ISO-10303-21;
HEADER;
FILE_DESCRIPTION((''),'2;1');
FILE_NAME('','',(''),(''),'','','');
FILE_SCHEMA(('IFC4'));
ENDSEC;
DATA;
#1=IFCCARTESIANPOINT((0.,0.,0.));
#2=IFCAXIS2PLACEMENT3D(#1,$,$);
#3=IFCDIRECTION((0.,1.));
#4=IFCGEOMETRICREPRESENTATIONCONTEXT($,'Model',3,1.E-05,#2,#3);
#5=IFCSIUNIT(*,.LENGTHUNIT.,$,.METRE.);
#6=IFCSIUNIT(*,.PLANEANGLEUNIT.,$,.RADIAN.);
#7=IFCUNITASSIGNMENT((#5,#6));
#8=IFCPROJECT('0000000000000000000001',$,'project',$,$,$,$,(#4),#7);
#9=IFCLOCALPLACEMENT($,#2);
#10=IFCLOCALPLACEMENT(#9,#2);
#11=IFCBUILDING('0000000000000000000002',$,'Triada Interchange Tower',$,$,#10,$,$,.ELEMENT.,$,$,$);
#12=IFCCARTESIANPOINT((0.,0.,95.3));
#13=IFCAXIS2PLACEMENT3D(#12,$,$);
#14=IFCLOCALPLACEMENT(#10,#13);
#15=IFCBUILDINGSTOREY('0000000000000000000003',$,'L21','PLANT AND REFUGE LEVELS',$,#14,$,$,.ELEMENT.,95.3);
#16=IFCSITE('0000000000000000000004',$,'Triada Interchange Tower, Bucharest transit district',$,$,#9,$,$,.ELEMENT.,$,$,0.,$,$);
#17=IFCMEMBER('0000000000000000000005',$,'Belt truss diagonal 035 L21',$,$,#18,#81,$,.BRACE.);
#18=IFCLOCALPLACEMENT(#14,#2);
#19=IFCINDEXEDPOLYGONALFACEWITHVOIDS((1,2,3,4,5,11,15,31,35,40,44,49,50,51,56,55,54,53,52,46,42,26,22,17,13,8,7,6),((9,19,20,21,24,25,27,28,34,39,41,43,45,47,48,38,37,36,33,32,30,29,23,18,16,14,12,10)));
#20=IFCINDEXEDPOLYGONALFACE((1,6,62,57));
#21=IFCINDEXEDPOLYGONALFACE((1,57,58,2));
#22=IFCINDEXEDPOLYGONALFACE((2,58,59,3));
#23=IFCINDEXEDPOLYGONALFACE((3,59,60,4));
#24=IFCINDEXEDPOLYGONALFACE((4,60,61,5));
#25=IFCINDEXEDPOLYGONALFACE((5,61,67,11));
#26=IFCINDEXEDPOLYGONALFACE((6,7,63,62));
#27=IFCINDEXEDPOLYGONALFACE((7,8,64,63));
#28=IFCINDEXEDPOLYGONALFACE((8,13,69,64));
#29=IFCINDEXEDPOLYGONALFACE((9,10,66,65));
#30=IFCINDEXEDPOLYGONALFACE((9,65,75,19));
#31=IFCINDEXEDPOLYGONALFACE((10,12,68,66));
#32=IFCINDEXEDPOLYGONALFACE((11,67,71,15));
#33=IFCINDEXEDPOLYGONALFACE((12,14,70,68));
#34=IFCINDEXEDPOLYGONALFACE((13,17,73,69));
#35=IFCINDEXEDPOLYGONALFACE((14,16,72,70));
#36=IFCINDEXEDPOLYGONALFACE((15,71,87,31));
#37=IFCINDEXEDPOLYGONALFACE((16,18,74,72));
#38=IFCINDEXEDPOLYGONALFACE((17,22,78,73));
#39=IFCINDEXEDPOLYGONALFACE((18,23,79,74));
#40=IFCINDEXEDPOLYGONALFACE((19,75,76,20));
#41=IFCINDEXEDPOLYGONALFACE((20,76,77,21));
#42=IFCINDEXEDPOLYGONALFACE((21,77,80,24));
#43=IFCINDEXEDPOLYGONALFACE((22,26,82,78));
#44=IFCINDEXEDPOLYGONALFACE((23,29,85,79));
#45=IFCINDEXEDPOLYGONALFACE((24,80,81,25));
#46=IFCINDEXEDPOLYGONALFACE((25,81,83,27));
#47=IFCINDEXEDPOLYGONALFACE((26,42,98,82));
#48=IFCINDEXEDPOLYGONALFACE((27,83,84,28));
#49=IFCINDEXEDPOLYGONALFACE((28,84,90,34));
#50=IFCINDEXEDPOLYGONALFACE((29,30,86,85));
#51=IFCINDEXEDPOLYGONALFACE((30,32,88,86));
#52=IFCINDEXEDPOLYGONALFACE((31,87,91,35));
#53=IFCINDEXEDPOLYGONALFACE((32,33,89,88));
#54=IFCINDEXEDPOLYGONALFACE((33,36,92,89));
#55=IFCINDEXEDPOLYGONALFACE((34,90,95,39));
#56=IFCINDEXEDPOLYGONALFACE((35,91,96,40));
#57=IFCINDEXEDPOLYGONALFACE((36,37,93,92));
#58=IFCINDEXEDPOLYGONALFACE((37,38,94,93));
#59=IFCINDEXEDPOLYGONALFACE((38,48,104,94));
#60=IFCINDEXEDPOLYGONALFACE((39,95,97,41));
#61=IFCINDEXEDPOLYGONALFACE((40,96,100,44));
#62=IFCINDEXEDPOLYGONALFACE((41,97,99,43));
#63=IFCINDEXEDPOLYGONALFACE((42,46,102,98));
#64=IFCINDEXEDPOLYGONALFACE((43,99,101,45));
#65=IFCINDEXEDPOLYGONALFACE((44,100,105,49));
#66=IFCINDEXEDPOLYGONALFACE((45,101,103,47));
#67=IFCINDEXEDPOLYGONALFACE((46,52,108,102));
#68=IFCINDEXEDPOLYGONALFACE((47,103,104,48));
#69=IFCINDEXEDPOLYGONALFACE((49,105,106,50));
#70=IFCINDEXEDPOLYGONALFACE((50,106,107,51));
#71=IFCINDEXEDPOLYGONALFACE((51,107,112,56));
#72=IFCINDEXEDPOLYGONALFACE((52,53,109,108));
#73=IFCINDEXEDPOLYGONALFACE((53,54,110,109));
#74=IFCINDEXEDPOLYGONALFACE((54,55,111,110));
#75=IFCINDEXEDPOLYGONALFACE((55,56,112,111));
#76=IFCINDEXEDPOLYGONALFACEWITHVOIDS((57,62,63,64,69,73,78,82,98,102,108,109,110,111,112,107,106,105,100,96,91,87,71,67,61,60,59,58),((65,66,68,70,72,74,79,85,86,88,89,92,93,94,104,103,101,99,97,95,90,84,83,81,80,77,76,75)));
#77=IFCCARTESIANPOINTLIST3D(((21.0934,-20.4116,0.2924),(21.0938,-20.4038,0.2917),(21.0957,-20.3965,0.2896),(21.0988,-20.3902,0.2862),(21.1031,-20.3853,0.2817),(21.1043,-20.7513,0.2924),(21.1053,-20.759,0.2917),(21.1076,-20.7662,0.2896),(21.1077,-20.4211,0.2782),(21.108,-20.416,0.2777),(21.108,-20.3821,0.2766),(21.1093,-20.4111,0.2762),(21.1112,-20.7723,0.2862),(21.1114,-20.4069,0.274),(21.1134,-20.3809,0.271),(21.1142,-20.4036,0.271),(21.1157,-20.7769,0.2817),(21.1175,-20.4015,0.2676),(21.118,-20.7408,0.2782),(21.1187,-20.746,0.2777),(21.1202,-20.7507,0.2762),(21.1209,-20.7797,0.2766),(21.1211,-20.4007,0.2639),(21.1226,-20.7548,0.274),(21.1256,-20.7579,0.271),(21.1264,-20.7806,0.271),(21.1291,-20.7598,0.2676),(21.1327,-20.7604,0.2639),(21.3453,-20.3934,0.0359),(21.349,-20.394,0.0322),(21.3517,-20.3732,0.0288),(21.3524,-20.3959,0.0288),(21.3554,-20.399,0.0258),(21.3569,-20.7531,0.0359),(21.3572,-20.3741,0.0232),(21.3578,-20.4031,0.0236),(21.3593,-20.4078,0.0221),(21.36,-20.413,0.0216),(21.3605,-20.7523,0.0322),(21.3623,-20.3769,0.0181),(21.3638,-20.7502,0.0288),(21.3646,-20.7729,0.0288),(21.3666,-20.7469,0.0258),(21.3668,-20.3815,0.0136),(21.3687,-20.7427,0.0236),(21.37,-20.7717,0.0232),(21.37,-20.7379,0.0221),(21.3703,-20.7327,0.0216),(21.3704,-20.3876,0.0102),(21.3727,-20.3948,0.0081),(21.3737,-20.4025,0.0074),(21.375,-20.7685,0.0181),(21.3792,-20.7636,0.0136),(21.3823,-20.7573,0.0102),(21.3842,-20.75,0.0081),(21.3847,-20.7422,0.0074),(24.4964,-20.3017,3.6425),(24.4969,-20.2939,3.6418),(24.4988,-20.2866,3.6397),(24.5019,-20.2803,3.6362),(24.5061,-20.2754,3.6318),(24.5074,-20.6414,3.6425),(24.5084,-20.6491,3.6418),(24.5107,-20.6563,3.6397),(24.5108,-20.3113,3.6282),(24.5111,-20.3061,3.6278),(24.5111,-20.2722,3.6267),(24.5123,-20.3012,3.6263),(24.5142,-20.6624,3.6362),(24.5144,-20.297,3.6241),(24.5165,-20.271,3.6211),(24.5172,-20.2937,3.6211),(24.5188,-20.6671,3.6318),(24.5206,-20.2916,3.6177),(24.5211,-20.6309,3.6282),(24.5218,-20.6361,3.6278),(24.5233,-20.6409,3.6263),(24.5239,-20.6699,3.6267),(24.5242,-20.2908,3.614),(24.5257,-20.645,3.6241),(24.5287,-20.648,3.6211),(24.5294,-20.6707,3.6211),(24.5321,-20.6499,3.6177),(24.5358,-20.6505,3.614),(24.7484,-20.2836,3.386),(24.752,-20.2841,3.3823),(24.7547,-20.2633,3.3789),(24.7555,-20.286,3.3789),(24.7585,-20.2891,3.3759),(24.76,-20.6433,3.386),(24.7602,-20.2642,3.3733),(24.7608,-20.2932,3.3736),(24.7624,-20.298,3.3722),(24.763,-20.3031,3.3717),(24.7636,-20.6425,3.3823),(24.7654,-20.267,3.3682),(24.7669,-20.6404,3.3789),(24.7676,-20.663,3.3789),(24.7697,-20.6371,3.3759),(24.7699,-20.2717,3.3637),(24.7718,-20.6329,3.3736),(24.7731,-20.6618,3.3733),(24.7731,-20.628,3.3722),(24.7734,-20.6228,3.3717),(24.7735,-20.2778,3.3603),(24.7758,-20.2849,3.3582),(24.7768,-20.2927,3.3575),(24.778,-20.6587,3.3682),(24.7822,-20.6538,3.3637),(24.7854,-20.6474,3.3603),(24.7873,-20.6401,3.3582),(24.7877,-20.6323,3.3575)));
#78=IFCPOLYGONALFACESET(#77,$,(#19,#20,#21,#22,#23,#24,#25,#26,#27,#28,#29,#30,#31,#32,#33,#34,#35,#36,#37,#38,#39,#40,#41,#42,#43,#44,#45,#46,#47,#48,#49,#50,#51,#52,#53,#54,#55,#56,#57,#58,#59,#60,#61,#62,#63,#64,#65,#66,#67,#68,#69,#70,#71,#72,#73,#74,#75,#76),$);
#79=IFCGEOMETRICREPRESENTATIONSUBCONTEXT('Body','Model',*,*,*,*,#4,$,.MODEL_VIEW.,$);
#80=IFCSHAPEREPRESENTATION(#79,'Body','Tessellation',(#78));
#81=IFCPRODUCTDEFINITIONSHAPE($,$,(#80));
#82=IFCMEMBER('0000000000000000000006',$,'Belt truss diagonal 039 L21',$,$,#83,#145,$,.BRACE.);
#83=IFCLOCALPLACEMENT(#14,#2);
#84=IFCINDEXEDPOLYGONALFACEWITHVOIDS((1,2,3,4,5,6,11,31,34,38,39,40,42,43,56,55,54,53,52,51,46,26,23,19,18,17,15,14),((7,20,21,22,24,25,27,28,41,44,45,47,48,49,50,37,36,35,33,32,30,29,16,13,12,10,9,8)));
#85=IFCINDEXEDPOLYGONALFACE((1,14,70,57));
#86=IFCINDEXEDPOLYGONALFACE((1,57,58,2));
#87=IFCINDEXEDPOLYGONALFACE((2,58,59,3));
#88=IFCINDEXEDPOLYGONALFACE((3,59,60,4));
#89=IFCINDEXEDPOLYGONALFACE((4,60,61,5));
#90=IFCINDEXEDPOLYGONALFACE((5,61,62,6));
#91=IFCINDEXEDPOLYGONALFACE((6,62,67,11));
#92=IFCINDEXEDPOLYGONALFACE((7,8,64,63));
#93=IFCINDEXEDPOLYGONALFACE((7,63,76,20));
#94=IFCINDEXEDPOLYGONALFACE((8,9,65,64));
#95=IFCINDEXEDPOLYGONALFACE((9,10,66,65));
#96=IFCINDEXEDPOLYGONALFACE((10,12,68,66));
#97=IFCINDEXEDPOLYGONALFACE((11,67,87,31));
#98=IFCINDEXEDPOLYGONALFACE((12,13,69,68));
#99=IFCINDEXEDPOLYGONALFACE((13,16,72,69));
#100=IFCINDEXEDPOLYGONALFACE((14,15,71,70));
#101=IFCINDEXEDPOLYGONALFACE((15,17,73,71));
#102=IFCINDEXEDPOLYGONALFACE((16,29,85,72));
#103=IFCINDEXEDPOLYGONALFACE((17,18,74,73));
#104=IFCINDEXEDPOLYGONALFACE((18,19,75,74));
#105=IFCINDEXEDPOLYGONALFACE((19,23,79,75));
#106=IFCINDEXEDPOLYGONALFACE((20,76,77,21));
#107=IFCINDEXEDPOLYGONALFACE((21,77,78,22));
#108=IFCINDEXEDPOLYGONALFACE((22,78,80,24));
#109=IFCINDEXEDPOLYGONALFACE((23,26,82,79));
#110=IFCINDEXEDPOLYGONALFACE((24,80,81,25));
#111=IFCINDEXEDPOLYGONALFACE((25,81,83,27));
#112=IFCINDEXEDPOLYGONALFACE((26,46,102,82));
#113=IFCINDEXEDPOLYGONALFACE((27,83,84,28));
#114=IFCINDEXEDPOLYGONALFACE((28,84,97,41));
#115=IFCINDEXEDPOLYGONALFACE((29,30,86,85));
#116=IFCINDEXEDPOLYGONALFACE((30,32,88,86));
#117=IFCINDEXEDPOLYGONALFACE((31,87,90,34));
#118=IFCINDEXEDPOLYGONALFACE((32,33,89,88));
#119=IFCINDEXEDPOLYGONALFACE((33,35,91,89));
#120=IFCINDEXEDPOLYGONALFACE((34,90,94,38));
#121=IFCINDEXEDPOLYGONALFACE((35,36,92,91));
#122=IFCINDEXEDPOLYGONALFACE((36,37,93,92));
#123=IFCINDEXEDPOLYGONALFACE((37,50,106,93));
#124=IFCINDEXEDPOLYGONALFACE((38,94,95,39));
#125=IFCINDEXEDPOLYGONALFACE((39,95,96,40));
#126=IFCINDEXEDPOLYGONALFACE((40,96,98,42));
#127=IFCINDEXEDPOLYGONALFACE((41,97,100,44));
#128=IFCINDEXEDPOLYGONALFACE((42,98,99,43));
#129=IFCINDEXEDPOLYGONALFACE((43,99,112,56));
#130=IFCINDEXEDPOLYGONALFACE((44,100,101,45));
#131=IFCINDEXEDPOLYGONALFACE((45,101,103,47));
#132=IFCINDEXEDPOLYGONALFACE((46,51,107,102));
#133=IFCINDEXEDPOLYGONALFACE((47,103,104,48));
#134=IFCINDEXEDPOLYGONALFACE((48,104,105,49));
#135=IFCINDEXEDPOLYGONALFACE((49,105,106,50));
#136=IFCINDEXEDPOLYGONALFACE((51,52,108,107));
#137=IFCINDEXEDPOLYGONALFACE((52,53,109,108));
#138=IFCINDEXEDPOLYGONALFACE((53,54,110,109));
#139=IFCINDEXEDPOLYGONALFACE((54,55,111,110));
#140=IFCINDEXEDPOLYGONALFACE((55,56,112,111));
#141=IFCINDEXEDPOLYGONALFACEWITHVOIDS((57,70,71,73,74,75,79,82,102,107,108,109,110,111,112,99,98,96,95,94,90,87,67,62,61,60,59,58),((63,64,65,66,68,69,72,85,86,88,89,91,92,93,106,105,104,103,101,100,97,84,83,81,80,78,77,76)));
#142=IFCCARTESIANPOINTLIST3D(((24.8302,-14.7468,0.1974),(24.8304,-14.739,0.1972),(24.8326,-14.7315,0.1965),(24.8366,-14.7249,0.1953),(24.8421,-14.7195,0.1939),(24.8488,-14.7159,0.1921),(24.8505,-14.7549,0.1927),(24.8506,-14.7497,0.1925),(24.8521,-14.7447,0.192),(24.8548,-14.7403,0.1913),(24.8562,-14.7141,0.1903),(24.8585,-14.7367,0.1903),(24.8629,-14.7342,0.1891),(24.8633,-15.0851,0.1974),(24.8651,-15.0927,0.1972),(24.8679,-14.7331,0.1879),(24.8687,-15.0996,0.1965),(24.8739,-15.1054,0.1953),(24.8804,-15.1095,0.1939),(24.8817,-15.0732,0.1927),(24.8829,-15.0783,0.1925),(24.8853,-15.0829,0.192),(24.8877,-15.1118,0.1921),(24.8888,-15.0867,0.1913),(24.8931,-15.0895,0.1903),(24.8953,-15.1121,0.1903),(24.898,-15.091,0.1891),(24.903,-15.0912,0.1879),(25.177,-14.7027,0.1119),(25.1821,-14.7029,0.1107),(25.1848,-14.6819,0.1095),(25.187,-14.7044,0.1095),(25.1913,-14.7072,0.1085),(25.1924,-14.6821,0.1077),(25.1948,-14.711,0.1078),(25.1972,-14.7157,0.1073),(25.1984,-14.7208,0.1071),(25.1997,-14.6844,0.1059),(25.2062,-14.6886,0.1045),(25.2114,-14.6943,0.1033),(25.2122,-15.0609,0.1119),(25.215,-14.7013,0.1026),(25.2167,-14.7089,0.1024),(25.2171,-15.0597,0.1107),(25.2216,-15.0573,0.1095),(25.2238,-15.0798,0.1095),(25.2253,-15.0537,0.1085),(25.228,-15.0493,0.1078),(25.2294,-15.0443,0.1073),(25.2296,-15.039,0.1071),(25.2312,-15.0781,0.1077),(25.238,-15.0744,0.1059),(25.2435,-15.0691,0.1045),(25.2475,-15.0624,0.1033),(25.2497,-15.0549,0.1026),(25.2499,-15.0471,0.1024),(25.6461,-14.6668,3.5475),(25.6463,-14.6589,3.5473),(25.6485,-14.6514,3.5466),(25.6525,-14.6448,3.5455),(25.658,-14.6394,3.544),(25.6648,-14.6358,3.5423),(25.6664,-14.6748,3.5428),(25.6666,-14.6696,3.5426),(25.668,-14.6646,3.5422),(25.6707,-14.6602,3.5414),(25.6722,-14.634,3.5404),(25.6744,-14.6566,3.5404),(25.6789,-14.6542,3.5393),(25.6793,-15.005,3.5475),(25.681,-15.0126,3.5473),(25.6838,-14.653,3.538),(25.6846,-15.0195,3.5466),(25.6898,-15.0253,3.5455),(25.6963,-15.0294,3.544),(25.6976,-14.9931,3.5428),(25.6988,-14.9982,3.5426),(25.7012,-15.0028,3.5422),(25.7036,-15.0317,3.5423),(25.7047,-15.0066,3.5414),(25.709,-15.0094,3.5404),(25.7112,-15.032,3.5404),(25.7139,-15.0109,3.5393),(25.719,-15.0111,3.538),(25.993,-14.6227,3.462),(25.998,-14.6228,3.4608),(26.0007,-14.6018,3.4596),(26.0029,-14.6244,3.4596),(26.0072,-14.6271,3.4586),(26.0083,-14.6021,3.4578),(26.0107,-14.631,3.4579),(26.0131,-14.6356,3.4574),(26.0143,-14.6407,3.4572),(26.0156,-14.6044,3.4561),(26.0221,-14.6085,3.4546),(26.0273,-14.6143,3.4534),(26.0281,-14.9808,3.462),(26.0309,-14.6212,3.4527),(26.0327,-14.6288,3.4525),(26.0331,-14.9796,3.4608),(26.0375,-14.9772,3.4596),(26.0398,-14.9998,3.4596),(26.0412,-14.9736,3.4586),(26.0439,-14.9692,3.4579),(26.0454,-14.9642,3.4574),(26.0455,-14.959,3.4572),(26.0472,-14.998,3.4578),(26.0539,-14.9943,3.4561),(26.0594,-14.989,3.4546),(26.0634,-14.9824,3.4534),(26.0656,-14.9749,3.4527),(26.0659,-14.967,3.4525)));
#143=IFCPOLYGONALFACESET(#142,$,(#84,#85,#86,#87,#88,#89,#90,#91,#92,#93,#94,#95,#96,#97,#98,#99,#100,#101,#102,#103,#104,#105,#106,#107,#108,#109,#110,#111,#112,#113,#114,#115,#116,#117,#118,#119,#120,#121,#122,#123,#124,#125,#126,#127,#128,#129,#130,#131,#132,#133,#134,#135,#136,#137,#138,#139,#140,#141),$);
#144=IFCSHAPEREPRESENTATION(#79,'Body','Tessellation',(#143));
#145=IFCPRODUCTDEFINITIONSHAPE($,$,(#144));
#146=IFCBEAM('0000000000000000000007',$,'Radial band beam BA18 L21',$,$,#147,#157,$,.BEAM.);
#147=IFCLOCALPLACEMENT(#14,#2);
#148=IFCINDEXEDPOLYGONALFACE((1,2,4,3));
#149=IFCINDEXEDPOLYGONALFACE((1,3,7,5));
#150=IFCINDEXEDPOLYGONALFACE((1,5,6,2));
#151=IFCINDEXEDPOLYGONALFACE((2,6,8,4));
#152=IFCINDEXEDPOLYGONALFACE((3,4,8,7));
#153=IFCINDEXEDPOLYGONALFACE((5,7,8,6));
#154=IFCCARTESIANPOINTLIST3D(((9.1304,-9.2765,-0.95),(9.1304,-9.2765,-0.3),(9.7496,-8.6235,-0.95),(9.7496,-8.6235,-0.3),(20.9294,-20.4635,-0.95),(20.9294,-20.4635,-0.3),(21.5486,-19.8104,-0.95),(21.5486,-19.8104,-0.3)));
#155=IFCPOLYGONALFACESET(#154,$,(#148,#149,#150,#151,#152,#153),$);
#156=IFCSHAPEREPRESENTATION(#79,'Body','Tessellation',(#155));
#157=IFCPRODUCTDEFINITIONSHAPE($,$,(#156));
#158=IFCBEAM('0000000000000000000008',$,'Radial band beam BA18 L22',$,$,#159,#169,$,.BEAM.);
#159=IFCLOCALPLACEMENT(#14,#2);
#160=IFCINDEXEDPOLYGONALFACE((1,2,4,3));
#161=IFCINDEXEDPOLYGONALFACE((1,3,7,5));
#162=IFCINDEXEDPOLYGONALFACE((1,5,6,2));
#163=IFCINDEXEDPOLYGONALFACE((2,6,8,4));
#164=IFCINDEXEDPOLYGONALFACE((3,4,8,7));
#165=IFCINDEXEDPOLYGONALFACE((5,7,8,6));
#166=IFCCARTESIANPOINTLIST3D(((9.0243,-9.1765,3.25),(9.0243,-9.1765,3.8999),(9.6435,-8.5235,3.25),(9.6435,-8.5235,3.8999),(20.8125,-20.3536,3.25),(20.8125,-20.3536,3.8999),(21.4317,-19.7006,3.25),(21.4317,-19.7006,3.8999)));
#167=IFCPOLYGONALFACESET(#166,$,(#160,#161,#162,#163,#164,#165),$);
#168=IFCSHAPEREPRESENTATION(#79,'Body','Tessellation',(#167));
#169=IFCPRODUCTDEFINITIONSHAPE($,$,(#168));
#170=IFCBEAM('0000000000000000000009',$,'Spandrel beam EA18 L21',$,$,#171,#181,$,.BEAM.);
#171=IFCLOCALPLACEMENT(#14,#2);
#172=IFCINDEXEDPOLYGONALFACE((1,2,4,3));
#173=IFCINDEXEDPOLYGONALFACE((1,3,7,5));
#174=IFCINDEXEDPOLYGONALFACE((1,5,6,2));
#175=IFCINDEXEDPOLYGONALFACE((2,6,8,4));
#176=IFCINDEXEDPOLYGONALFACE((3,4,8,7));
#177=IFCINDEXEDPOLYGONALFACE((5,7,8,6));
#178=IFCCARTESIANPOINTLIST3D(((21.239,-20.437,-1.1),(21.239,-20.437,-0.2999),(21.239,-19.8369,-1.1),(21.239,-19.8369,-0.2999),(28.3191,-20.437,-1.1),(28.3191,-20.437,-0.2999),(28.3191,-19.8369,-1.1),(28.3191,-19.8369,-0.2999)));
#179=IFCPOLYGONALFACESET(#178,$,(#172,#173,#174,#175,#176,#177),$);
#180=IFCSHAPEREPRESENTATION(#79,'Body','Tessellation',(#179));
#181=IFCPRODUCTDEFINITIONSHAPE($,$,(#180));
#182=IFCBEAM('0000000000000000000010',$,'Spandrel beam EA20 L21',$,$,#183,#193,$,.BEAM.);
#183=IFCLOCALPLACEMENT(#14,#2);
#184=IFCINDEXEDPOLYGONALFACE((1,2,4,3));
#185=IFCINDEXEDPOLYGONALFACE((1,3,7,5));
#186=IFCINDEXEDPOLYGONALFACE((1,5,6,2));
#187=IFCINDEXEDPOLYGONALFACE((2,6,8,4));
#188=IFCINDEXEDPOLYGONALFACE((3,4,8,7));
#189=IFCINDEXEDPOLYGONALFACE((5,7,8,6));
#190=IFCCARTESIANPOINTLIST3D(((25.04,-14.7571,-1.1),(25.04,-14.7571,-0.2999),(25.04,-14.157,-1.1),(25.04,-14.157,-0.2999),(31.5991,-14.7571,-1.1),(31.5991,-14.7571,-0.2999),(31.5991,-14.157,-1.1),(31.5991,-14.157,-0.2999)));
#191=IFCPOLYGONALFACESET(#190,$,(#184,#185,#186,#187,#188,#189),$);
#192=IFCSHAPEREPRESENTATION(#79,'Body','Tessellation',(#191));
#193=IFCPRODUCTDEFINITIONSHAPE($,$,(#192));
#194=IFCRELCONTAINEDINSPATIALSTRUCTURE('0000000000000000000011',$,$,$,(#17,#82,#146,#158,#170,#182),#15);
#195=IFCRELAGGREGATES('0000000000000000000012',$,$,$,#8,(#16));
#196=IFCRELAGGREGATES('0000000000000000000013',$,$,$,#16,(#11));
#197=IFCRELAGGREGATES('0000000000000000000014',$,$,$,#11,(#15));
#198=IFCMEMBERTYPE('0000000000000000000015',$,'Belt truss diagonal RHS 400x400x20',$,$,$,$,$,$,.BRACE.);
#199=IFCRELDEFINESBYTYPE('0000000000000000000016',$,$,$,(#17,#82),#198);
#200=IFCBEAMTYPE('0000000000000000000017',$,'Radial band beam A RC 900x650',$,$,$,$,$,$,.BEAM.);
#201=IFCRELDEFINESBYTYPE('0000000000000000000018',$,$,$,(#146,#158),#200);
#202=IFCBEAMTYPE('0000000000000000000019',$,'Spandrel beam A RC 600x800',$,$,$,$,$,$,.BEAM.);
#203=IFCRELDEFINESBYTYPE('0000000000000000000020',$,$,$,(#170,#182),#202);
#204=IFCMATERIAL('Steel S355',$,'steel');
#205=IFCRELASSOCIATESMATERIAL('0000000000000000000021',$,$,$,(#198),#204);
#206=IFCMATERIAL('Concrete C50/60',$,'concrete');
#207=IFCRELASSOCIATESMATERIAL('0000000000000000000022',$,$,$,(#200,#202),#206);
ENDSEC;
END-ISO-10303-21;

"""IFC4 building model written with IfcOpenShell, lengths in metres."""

from ifc_helpers import new_model, si_unit, direction, frame, origin, origin_2d, place, context, subcontext, project, spatial, rectangle, hollow_rectangle, extrude, material, material_profile, profile_set, type_object, element, save


model = new_model("IFC4")

# Units and contexts
model_context = context("Model", 3, precision=1e-05, world=origin(), true_north=direction((0.0, 1.0)))
body_context = subcontext(model_context, "Body", "Model", "MODEL_VIEW")
ifc_project = project(units=[si_unit("LENGTHUNIT", "METRE"), si_unit("PLANEANGLEUNIT", "RADIAN")], contexts=[model_context])

# Site, building, storey
site_placement = place(None, origin())
site = spatial("IfcSite", under=ifc_project, at=site_placement, Name="Triada Interchange Tower, Bucharest transit district", CompositionType="ELEMENT", RefElevation=0.0)
building_placement = place(site_placement, origin())
building = spatial("IfcBuilding", under=site, at=building_placement, Name="Triada Interchange Tower", CompositionType="ELEMENT")
storey_placement = place(building_placement, frame((0.0, 0.0, 95.3)))
storey = spatial("IfcBuildingStorey", under=building, at=storey_placement, Name="L21", Description="PLANT AND REFUGE LEVELS", CompositionType="ELEMENT", Elevation=95.3)

# Members
ifc_material_1 = material(Name="Steel S355", Category="steel")
ifc_material_profile_1 = material_profile(ifc_material_1, hollow_rectangle(XDim=0.3999, YDim=0.3999, WallThickness=0.02, InnerFilletRadius=0.02, OuterFilletRadius=0.03, at=origin_2d()), Name="RHS 400x400x20")
ifc_profile_set_1 = profile_set([ifc_material_profile_1], Name="Steel S355")
member_type = type_object("IfcMemberType", Name="Belt truss diagonal RHS 400x400x20", PredefinedType="BRACE", material=ifc_profile_set_1)
member_1_placement = place(storey_placement, frame((21.239, -20.5769, 0.1499), z_axis=(0.712444, 0.023, 0.701352), x_axis=(-0.032267, 0.999479, 0.0)))
element("IfcMember", 1, at=member_1_placement, inside=storey, type_object=member_type, Name="Belt truss diagonal 035 L21", PredefinedType="BRACE", context=body_context, shape_type="SweptSolid", body=[
    extrude(hollow_rectangle(XDim=0.3999, YDim=0.3999, WallThickness=0.02, InnerFilletRadius=0.02, OuterFilletRadius=0.03, at=origin_2d()), origin(), (0.0, 0.0, 1.0), 4.7766),
])
member_2_placement = place(storey_placement, frame((25.04, -14.897, 0.1499), z_axis=(0.23657, 0.023218, 0.971337), x_axis=(-0.097676, 0.995218, 0.0)))
element("IfcMember", 2, at=member_2_placement, inside=storey, type_object=member_type, Name="Belt truss diagonal 039 L21", PredefinedType="BRACE", context=body_context, shape_type="SweptSolid", body=[
    extrude(hollow_rectangle(XDim=0.3999, YDim=0.3999, WallThickness=0.02, InnerFilletRadius=0.02, OuterFilletRadius=0.03, at=origin_2d()), origin(), (0.0, 0.0, 1.0), 3.449),
])

# Beams
ifc_material_2 = material(Name="Concrete C50/60", Category="concrete")
ifc_material_profile_2 = material_profile(ifc_material_2, rectangle(XDim=0.8999, YDim=0.6499, at=origin_2d()), Name="RC 900x650")
ifc_profile_set_2 = profile_set([ifc_material_profile_2], Name="Concrete C50/60")
beam_type_1 = type_object("IfcBeamType", Name="Radial band beam A RC 900x650", PredefinedType="BEAM", material=ifc_profile_set_2)
beam_1_placement = place(storey_placement, frame((21.239, -20.137, -0.625), z_axis=(-0.725678, 0.688034, 0.0), x_axis=(-0.688034, -0.725678, 0.0)))
element("IfcBeam", 3, at=beam_1_placement, inside=storey, type_object=beam_type_1, Name="Radial band beam BA18 L21", PredefinedType="BEAM", context=body_context, shape_type="SweptSolid", body=[
    extrude(rectangle(XDim=0.8999, YDim=0.6499, at=origin_2d()), origin(), (0.0, 0.0, 1.0), 16.2593),
])
beam_2_placement = place(storey_placement, frame((21.1221, -20.0271, 3.575), z_axis=(-0.725666, 0.688048, 0.0), x_axis=(-0.688048, -0.725666, 0.0)))
element("IfcBeam", 4, at=beam_2_placement, inside=storey, type_object=beam_type_1, Name="Radial band beam BA18 L22", PredefinedType="BEAM", context=body_context, shape_type="SweptSolid", body=[
    extrude(rectangle(XDim=0.8999, YDim=0.6499, at=origin_2d()), origin(), (0.0, 0.0, 1.0), 16.2446),
])
ifc_material_profile_3 = material_profile(ifc_material_2, rectangle(XDim=0.6001, YDim=0.8, at=origin_2d()), Name="RC 600x800")
ifc_profile_set_3 = profile_set([ifc_material_profile_3], Name="Concrete C50/60")
beam_type_2 = type_object("IfcBeamType", Name="Spandrel beam A RC 600x800", PredefinedType="BEAM", material=ifc_profile_set_3)
beam_3_placement = place(storey_placement, frame((21.239, -20.137, -0.7), z_axis=(1.0, 0.0, 0.0), x_axis=(0.0, 1.0, 0.0)))
element("IfcBeam", 5, at=beam_3_placement, inside=storey, type_object=beam_type_2, Name="Spandrel beam EA18 L21", PredefinedType="BEAM", context=body_context, shape_type="SweptSolid", body=[
    extrude(rectangle(XDim=0.6001, YDim=0.8, at=origin_2d()), origin(), (0.0, 0.0, 1.0), 7.0801),
])
beam_4_placement = place(storey_placement, frame((25.04, -14.457, -0.7), z_axis=(1.0, 0.0, 0.0), x_axis=(0.0, 1.0, 0.0)))
element("IfcBeam", 6, at=beam_4_placement, inside=storey, type_object=beam_type_2, Name="Spandrel beam EA20 L21", PredefinedType="BEAM", context=body_context, shape_type="SweptSolid", body=[
    extrude(rectangle(XDim=0.6001, YDim=0.8, at=origin_2d()), origin(), (0.0, 0.0, 1.0), 6.5591),
])

save(model, "model.ifc")
